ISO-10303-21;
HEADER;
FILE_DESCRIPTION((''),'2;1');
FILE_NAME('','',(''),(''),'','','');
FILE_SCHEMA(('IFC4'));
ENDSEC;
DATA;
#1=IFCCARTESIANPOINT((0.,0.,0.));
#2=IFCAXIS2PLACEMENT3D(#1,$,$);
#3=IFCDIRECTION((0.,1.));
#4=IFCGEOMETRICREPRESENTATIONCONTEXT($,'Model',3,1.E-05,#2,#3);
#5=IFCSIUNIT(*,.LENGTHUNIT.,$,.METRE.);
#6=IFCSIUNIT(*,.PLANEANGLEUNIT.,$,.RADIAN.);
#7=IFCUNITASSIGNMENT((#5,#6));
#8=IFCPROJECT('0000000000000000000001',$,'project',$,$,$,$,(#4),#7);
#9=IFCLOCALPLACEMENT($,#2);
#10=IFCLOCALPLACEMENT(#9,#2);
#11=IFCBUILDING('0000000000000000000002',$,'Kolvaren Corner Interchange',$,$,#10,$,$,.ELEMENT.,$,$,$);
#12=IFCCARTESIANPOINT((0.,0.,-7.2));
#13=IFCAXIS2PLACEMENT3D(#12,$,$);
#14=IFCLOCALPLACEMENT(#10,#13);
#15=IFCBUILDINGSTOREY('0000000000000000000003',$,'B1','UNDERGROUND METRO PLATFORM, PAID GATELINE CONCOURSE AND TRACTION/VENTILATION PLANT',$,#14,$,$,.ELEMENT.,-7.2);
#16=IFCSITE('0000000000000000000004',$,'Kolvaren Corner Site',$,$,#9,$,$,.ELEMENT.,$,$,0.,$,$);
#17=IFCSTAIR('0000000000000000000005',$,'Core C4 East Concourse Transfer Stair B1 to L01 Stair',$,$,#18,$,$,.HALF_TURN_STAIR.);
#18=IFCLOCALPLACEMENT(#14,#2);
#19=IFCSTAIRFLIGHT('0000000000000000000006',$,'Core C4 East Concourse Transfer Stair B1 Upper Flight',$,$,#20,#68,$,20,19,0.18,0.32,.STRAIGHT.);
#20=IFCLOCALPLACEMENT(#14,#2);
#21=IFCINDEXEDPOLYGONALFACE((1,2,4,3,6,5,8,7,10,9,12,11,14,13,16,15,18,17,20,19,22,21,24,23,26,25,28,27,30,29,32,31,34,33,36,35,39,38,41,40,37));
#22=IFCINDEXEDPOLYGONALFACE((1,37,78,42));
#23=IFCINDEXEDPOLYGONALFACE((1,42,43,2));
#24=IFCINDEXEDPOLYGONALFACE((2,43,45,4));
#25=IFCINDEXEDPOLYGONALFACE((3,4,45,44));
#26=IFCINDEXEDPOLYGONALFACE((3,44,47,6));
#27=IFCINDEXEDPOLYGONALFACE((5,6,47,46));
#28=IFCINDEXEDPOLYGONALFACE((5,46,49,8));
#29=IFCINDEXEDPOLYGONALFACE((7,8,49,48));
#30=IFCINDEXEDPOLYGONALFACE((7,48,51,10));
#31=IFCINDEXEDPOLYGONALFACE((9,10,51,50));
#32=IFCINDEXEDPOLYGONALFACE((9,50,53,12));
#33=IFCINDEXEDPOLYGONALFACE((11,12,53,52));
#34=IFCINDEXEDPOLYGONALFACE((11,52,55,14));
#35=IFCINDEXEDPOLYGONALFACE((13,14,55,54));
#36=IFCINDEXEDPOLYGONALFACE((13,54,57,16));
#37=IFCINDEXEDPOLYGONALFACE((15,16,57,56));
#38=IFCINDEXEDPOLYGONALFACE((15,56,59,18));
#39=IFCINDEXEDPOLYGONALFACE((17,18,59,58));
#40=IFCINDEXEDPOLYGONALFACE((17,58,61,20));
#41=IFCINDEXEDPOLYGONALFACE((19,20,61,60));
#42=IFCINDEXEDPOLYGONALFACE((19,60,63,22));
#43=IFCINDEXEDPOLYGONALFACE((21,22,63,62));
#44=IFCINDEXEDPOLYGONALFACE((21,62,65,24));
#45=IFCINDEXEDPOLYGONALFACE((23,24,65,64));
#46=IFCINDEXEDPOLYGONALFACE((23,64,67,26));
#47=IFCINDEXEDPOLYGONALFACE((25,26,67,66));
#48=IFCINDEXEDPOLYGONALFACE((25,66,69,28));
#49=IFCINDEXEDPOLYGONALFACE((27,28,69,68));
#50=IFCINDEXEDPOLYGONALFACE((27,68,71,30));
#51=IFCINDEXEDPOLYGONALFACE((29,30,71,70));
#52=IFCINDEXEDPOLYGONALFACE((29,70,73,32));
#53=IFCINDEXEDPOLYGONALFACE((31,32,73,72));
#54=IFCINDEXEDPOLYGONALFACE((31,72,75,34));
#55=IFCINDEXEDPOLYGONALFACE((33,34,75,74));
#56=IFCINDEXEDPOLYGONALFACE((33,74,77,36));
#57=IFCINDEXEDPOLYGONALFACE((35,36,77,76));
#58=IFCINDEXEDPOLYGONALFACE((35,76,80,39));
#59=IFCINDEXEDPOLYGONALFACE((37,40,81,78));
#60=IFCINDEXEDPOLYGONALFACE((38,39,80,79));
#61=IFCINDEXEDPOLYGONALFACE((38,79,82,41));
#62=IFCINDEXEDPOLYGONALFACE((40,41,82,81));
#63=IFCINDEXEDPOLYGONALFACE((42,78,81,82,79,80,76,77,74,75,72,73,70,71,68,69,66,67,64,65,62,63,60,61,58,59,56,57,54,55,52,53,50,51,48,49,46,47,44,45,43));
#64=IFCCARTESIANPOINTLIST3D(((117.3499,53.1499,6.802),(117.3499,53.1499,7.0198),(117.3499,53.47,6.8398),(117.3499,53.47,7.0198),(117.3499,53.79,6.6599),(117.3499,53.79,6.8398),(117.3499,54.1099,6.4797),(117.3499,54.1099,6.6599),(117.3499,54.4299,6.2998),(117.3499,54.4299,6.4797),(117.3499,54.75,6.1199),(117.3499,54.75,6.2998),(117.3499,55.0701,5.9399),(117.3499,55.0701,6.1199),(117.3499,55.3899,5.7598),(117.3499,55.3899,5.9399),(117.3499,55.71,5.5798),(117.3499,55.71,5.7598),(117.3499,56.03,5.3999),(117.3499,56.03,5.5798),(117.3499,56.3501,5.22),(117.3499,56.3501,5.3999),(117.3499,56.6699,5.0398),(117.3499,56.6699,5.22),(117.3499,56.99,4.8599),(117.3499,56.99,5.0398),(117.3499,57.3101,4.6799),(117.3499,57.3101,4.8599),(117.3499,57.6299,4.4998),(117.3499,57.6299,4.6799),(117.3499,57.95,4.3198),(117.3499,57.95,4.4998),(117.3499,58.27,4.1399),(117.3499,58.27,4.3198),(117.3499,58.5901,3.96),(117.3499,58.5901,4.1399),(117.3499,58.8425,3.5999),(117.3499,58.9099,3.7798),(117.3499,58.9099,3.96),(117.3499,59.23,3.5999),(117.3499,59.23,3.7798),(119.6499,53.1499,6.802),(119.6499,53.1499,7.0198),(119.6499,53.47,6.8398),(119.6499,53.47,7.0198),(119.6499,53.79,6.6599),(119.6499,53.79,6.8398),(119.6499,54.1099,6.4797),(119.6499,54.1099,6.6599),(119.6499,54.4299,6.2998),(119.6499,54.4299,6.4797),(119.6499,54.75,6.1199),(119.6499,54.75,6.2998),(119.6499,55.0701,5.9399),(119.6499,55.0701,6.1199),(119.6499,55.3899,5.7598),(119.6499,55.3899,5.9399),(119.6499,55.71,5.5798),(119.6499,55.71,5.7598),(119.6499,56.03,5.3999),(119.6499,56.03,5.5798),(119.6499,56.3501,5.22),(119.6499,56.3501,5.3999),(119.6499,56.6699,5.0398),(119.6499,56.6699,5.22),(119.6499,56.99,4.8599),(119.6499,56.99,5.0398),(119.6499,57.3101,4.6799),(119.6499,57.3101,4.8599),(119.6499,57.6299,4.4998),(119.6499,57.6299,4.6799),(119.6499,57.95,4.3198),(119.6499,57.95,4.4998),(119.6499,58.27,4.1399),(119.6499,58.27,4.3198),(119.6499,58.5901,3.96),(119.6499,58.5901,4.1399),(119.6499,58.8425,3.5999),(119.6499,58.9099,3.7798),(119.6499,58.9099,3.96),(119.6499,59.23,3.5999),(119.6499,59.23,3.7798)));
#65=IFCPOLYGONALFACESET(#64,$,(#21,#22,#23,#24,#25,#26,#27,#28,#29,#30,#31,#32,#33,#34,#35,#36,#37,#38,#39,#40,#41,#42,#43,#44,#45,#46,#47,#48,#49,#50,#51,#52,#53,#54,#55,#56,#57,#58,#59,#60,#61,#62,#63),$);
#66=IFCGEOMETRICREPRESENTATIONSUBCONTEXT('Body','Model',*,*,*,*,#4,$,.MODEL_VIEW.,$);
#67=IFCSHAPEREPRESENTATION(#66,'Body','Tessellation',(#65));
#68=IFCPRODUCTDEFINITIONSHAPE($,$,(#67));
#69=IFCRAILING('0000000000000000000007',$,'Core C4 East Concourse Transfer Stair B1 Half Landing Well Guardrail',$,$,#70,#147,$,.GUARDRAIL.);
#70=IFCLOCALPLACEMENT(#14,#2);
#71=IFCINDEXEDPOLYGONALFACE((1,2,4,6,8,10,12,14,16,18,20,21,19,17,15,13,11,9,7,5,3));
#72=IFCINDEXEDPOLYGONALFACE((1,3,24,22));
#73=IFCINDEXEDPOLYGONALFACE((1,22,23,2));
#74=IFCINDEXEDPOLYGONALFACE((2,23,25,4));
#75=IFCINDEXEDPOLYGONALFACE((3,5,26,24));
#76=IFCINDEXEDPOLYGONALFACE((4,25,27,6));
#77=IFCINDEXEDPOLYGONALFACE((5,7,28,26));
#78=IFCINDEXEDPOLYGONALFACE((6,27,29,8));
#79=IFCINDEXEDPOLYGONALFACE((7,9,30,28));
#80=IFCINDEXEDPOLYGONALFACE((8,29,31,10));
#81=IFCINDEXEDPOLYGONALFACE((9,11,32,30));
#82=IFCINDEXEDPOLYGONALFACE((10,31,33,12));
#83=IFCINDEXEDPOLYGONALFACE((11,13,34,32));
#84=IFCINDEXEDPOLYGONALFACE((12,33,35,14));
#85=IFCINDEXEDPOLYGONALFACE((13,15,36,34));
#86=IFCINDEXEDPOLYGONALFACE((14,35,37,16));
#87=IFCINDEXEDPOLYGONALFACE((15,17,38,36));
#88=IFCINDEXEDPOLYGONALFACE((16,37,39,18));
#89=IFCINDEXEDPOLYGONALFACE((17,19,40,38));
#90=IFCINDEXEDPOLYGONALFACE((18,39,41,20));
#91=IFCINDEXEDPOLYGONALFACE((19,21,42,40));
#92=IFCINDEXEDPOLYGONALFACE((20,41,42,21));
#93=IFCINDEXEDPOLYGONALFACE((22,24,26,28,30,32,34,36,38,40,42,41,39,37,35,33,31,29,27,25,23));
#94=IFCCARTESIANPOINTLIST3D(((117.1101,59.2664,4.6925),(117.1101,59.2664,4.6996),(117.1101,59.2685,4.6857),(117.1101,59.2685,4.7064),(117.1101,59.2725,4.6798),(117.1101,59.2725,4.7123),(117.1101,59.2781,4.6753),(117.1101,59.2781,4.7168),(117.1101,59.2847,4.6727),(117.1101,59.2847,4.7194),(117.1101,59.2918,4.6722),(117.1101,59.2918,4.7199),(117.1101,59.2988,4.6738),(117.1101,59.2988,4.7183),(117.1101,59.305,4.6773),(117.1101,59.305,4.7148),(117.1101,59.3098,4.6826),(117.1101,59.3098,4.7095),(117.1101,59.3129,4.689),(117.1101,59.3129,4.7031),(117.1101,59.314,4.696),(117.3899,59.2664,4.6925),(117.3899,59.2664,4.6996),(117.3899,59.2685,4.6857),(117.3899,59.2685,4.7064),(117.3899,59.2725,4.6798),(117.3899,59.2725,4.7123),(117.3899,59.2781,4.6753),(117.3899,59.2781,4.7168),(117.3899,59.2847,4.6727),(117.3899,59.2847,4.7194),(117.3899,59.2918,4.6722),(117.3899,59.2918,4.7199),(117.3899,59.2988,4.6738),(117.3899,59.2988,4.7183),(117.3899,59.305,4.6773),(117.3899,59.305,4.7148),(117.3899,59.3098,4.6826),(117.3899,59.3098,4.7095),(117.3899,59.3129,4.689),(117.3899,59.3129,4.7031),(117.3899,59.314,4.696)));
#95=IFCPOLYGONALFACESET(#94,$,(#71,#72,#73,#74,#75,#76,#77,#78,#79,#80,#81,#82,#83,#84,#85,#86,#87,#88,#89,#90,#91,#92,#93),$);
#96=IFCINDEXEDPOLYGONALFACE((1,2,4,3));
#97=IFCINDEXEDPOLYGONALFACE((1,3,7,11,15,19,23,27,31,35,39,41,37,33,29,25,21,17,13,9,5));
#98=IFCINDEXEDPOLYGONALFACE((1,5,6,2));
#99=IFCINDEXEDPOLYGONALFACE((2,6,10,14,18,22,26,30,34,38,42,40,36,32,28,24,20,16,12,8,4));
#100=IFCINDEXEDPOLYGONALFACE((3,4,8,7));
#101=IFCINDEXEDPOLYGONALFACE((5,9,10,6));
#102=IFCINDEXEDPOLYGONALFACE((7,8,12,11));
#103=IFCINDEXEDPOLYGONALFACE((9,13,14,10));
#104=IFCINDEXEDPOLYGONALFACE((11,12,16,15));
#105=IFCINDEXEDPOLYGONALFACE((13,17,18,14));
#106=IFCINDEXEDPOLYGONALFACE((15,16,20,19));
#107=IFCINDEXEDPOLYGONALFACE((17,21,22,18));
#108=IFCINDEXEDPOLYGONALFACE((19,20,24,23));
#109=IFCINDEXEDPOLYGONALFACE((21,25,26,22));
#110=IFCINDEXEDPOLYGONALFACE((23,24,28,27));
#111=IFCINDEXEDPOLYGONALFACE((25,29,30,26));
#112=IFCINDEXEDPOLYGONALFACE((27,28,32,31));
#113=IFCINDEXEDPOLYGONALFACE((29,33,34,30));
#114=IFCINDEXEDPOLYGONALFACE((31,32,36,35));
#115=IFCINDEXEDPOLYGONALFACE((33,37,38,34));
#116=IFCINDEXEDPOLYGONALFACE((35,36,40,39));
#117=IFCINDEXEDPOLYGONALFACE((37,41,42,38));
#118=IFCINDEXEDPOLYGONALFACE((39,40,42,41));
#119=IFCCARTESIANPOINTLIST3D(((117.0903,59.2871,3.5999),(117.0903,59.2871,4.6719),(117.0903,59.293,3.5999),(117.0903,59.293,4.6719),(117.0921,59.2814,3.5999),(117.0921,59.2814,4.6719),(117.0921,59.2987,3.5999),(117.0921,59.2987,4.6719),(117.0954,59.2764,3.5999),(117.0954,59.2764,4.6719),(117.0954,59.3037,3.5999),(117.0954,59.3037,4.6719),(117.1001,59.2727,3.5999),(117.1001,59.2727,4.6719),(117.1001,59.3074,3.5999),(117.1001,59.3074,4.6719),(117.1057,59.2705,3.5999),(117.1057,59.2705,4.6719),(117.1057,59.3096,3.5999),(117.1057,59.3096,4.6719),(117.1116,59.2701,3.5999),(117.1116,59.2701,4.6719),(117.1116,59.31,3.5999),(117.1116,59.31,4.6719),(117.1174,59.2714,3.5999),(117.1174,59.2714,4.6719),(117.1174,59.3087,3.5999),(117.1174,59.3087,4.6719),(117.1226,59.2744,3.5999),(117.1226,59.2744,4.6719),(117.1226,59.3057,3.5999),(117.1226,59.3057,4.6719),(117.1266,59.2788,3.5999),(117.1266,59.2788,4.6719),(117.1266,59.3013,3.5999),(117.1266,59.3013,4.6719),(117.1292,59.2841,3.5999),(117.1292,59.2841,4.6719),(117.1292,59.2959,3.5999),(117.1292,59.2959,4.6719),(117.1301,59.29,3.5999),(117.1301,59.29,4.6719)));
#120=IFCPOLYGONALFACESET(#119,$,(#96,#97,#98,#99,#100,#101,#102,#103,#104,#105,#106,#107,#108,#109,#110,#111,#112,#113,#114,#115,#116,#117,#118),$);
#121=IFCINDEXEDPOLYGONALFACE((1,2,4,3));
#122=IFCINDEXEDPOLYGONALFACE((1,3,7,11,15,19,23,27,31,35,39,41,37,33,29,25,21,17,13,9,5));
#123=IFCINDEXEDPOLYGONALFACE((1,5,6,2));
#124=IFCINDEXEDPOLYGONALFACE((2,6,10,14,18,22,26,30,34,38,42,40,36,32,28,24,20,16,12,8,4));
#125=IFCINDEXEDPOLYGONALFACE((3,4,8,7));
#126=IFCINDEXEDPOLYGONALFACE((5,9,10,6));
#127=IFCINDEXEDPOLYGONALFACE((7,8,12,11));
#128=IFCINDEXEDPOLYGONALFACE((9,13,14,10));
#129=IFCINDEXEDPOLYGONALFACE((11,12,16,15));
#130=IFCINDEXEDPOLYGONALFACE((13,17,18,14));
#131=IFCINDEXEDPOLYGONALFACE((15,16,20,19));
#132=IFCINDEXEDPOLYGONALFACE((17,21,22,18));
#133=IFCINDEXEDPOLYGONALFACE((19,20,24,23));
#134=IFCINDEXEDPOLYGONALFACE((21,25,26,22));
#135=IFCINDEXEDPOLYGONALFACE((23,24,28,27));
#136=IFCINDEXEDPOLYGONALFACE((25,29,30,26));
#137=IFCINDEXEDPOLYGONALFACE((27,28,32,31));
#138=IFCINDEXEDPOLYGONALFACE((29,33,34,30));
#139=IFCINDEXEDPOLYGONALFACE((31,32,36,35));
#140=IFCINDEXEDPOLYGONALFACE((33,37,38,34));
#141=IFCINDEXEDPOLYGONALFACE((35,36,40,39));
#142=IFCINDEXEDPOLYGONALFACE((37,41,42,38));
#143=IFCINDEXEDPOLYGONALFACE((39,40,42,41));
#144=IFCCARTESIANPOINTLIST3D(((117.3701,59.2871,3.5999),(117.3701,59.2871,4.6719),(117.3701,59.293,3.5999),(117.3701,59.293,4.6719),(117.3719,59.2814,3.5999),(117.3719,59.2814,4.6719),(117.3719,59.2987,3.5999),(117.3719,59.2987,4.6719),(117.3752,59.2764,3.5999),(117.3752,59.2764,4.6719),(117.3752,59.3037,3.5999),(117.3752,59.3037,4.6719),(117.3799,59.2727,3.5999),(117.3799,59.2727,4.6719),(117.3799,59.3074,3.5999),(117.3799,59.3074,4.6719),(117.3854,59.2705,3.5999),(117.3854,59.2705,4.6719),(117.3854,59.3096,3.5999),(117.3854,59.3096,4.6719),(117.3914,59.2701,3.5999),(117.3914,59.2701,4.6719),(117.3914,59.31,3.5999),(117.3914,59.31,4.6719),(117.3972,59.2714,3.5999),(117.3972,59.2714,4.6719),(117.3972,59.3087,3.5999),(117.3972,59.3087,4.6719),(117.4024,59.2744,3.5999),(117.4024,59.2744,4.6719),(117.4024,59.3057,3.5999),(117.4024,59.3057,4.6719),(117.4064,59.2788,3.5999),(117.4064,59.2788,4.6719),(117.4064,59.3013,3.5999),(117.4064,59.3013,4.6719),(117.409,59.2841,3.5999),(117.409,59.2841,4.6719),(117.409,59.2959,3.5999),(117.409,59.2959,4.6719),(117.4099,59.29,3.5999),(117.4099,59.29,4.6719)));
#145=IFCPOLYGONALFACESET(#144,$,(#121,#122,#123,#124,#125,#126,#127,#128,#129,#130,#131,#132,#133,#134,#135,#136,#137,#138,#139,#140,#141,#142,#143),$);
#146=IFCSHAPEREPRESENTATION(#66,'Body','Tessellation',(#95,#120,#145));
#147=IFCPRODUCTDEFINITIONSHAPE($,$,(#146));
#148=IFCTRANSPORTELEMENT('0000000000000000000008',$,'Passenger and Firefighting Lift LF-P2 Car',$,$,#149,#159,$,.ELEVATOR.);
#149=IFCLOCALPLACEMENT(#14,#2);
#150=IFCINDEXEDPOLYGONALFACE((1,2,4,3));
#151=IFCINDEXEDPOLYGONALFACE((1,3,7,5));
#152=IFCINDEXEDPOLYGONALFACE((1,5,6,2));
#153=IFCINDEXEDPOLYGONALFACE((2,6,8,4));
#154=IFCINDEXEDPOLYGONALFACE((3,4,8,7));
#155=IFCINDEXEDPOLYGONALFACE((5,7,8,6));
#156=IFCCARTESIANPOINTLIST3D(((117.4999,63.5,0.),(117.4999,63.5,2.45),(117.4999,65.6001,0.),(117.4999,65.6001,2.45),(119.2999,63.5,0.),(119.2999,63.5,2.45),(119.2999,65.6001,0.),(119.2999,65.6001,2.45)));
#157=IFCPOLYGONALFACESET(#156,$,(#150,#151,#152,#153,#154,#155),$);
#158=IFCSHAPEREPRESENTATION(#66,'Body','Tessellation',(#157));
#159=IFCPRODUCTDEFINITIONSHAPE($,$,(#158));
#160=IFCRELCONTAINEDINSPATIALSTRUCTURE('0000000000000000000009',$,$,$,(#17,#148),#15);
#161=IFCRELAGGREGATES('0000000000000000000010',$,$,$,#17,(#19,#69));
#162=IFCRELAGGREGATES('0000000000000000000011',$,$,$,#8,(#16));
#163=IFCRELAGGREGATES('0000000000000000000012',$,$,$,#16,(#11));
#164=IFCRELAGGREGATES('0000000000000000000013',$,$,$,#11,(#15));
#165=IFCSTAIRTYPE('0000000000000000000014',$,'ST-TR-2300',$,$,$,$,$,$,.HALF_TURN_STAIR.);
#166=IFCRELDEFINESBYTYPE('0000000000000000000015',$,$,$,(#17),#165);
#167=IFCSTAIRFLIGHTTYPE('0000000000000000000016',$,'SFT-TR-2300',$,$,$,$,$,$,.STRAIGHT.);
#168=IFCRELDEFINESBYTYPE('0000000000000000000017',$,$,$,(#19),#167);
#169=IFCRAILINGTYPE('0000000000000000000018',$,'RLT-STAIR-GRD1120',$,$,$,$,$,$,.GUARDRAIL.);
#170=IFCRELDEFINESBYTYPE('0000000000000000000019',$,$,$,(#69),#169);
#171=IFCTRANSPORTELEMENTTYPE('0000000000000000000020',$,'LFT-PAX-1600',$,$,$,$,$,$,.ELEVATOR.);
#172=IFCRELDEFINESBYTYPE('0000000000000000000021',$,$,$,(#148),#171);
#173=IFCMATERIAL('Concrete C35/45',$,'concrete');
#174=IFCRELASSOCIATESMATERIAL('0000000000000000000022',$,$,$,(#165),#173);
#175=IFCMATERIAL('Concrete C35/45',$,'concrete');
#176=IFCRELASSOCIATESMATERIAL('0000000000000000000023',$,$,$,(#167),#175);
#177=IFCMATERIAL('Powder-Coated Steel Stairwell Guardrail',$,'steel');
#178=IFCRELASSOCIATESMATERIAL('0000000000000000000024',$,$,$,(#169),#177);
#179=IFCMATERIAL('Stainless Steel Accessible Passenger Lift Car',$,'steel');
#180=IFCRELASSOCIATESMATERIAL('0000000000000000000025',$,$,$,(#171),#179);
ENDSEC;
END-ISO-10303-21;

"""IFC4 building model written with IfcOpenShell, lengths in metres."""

from ifc_helpers import new_model, si_unit, direction, frame, origin, origin_2d, place, context, subcontext, project, spatial, polyline, rectangle, circle, outline, extrude, material, type_object, element, aggregate, save


model = new_model("IFC4")

# Units and contexts
model_context = context("Model", 3, precision=1e-05, world=origin(), true_north=direction((0.0, 1.0)))
body_context = subcontext(model_context, "Body", "Model", "MODEL_VIEW")
ifc_project = project(units=[si_unit("LENGTHUNIT", "METRE"), si_unit("PLANEANGLEUNIT", "RADIAN")], contexts=[model_context])

# Site, building, storey
site_placement = place(None, origin())
site = spatial("IfcSite", under=ifc_project, at=site_placement, Name="Kolvaren Corner Site", CompositionType="ELEMENT", RefElevation=0.0)
building_placement = place(site_placement, origin())
building = spatial("IfcBuilding", under=site, at=building_placement, Name="Kolvaren Corner Interchange", CompositionType="ELEMENT")
storey_placement = place(building_placement, frame((0.0, 0.0, -7.2)))
storey = spatial("IfcBuildingStorey", under=building, at=storey_placement, Name="B1", Description="UNDERGROUND METRO PLATFORM, PAID GATELINE CONCOURSE AND TRACTION/VENTILATION PLANT", CompositionType="ELEMENT", Elevation=-7.2)

# Stair, stair flight, railing
ifc_material_1 = material(Name="Concrete C35/45", Category="concrete")
stair_type = type_object("IfcStairType", Name="ST-TR-2300", PredefinedType="HALF_TURN_STAIR", material=ifc_material_1)
stair_placement = place(storey_placement, origin())
stair = element("IfcStair", 1, at=stair_placement, inside=storey, type_object=stair_type, Name="Core C4 East Concourse Transfer Stair B1 to L01 Stair", PredefinedType="HALF_TURN_STAIR")
ifc_material_2 = material(Name="Concrete C35/45", Category="concrete")
stair_flight_type = type_object("IfcStairFlightType", Name="SFT-TR-2300", PredefinedType="STRAIGHT", material=ifc_material_2)
stair_flight_placement = place(storey_placement, frame((118.5, 59.23, 3.5999), z_axis=(0.0, 0.0, 1.0), x_axis=(0.0, -1.0, 0.0)))
stair_flight = element("IfcStairFlight", 2, at=stair_flight_placement, type_object=stair_flight_type, Name="Core C4 East Concourse Transfer Stair B1 Upper Flight", NumberOfRisers=20, NumberOfTreads=19, PredefinedType="STRAIGHT", RiserHeight=0.18, TreadLength=0.32, context=body_context, shape_type="SweptSolid", body=[
    extrude(outline(polyline([(0.0, 0.0), (0.0, 0.1799), (0.3201, 0.1799), (0.3201, 0.3601), (0.6399, 0.3601), (0.6399, 0.54), (0.96, 0.54), (0.96, 0.72), (1.28, 0.72), (1.28, 0.8999), (1.6001, 0.8999), (1.6001, 1.0801), (1.9199, 1.0801), (1.9199, 1.26), (2.24, 1.26), (2.24, 1.4399), (2.5601, 1.4399), (2.5601, 1.6201), (2.8799, 1.6201), (2.8799, 1.8), (3.2, 1.8), (3.2, 1.98), (3.52, 1.98), (3.52, 2.1599), (3.8401, 2.1599), (3.8401, 2.3401), (4.1599, 2.3401), (4.1599, 2.52), (4.48, 2.52), (4.48, 2.7), (4.8, 2.7), (4.8, 2.8799), (5.1201, 2.8799), (5.1201, 3.0601), (5.4399, 3.0601), (5.4399, 3.24), (5.76, 3.24), (5.76, 3.4199), (6.0801, 3.4199), (6.0801, 3.6001), (6.0801, 3.2021), (0.3875, 0.0), (0.0, 0.0)])), frame((0.0, 1.1499, 0.0), z_axis=(0.0, -1.0, 0.0), x_axis=(1.0, 0.0, 0.0)), (0.0, 0.0, 1.0), 2.3),
])
ifc_material_3 = material(Name="Powder-Coated Steel Stairwell Guardrail", Category="steel")
railing_type_1 = type_object("IfcRailingType", Name="RLT-STAIR-GRD1120", PredefinedType="GUARDRAIL", material=ifc_material_3)
railing_1_placement = place(storey_placement, frame((117.1101, 59.29, 3.5999)))
railing_1 = element("IfcRailing", 3, at=railing_1_placement, type_object=railing_type_1, Name="Core C4 East Concourse Transfer Stair B1 Half Landing Well Guardrail", PredefinedType="GUARDRAIL", context=body_context, shape_type="SweptSolid", body=[
    extrude(circle(Radius=0.0239, at=origin_2d()), frame((0.0, 0.0, 1.0962), z_axis=(1.0, 0.0, 0.0), x_axis=(0.0, 1.0, 0.0)), (0.0, 0.0, 1.0), 0.2798),
    extrude(circle(Radius=0.02, at=origin_2d()), origin(), (0.0, 0.0, 1.0), 1.072),
    extrude(circle(Radius=0.02, at=origin_2d()), frame((0.2798, 0.0, 0.0)), (0.0, 0.0, 1.0), 1.072),
])
aggregate(stair, [stair_flight, railing_1])

# Transport element
ifc_material_4 = material(Name="Stainless Steel Accessible Passenger Lift Car", Category="steel")
transport_element_type = type_object("IfcTransportElementType", Name="LFT-PAX-1600", PredefinedType="ELEVATOR", material=ifc_material_4)
transport_element_placement = place(storey_placement, frame((118.3999, 64.55, 0.0), z_axis=(0.0, 0.0, 1.0), x_axis=(1.0, 0.0, 0.0)))
element("IfcTransportElement", 4, at=transport_element_placement, inside=storey, type_object=transport_element_type, Name="Passenger and Firefighting Lift LF-P2 Car", PredefinedType="ELEVATOR", context=body_context, shape_type="SweptSolid", body=[
    extrude(rectangle(XDim=1.8, YDim=2.1001, at=origin_2d()), origin(), (0.0, 0.0, 1.0), 2.45),
])

save(model, "model.ifc")
